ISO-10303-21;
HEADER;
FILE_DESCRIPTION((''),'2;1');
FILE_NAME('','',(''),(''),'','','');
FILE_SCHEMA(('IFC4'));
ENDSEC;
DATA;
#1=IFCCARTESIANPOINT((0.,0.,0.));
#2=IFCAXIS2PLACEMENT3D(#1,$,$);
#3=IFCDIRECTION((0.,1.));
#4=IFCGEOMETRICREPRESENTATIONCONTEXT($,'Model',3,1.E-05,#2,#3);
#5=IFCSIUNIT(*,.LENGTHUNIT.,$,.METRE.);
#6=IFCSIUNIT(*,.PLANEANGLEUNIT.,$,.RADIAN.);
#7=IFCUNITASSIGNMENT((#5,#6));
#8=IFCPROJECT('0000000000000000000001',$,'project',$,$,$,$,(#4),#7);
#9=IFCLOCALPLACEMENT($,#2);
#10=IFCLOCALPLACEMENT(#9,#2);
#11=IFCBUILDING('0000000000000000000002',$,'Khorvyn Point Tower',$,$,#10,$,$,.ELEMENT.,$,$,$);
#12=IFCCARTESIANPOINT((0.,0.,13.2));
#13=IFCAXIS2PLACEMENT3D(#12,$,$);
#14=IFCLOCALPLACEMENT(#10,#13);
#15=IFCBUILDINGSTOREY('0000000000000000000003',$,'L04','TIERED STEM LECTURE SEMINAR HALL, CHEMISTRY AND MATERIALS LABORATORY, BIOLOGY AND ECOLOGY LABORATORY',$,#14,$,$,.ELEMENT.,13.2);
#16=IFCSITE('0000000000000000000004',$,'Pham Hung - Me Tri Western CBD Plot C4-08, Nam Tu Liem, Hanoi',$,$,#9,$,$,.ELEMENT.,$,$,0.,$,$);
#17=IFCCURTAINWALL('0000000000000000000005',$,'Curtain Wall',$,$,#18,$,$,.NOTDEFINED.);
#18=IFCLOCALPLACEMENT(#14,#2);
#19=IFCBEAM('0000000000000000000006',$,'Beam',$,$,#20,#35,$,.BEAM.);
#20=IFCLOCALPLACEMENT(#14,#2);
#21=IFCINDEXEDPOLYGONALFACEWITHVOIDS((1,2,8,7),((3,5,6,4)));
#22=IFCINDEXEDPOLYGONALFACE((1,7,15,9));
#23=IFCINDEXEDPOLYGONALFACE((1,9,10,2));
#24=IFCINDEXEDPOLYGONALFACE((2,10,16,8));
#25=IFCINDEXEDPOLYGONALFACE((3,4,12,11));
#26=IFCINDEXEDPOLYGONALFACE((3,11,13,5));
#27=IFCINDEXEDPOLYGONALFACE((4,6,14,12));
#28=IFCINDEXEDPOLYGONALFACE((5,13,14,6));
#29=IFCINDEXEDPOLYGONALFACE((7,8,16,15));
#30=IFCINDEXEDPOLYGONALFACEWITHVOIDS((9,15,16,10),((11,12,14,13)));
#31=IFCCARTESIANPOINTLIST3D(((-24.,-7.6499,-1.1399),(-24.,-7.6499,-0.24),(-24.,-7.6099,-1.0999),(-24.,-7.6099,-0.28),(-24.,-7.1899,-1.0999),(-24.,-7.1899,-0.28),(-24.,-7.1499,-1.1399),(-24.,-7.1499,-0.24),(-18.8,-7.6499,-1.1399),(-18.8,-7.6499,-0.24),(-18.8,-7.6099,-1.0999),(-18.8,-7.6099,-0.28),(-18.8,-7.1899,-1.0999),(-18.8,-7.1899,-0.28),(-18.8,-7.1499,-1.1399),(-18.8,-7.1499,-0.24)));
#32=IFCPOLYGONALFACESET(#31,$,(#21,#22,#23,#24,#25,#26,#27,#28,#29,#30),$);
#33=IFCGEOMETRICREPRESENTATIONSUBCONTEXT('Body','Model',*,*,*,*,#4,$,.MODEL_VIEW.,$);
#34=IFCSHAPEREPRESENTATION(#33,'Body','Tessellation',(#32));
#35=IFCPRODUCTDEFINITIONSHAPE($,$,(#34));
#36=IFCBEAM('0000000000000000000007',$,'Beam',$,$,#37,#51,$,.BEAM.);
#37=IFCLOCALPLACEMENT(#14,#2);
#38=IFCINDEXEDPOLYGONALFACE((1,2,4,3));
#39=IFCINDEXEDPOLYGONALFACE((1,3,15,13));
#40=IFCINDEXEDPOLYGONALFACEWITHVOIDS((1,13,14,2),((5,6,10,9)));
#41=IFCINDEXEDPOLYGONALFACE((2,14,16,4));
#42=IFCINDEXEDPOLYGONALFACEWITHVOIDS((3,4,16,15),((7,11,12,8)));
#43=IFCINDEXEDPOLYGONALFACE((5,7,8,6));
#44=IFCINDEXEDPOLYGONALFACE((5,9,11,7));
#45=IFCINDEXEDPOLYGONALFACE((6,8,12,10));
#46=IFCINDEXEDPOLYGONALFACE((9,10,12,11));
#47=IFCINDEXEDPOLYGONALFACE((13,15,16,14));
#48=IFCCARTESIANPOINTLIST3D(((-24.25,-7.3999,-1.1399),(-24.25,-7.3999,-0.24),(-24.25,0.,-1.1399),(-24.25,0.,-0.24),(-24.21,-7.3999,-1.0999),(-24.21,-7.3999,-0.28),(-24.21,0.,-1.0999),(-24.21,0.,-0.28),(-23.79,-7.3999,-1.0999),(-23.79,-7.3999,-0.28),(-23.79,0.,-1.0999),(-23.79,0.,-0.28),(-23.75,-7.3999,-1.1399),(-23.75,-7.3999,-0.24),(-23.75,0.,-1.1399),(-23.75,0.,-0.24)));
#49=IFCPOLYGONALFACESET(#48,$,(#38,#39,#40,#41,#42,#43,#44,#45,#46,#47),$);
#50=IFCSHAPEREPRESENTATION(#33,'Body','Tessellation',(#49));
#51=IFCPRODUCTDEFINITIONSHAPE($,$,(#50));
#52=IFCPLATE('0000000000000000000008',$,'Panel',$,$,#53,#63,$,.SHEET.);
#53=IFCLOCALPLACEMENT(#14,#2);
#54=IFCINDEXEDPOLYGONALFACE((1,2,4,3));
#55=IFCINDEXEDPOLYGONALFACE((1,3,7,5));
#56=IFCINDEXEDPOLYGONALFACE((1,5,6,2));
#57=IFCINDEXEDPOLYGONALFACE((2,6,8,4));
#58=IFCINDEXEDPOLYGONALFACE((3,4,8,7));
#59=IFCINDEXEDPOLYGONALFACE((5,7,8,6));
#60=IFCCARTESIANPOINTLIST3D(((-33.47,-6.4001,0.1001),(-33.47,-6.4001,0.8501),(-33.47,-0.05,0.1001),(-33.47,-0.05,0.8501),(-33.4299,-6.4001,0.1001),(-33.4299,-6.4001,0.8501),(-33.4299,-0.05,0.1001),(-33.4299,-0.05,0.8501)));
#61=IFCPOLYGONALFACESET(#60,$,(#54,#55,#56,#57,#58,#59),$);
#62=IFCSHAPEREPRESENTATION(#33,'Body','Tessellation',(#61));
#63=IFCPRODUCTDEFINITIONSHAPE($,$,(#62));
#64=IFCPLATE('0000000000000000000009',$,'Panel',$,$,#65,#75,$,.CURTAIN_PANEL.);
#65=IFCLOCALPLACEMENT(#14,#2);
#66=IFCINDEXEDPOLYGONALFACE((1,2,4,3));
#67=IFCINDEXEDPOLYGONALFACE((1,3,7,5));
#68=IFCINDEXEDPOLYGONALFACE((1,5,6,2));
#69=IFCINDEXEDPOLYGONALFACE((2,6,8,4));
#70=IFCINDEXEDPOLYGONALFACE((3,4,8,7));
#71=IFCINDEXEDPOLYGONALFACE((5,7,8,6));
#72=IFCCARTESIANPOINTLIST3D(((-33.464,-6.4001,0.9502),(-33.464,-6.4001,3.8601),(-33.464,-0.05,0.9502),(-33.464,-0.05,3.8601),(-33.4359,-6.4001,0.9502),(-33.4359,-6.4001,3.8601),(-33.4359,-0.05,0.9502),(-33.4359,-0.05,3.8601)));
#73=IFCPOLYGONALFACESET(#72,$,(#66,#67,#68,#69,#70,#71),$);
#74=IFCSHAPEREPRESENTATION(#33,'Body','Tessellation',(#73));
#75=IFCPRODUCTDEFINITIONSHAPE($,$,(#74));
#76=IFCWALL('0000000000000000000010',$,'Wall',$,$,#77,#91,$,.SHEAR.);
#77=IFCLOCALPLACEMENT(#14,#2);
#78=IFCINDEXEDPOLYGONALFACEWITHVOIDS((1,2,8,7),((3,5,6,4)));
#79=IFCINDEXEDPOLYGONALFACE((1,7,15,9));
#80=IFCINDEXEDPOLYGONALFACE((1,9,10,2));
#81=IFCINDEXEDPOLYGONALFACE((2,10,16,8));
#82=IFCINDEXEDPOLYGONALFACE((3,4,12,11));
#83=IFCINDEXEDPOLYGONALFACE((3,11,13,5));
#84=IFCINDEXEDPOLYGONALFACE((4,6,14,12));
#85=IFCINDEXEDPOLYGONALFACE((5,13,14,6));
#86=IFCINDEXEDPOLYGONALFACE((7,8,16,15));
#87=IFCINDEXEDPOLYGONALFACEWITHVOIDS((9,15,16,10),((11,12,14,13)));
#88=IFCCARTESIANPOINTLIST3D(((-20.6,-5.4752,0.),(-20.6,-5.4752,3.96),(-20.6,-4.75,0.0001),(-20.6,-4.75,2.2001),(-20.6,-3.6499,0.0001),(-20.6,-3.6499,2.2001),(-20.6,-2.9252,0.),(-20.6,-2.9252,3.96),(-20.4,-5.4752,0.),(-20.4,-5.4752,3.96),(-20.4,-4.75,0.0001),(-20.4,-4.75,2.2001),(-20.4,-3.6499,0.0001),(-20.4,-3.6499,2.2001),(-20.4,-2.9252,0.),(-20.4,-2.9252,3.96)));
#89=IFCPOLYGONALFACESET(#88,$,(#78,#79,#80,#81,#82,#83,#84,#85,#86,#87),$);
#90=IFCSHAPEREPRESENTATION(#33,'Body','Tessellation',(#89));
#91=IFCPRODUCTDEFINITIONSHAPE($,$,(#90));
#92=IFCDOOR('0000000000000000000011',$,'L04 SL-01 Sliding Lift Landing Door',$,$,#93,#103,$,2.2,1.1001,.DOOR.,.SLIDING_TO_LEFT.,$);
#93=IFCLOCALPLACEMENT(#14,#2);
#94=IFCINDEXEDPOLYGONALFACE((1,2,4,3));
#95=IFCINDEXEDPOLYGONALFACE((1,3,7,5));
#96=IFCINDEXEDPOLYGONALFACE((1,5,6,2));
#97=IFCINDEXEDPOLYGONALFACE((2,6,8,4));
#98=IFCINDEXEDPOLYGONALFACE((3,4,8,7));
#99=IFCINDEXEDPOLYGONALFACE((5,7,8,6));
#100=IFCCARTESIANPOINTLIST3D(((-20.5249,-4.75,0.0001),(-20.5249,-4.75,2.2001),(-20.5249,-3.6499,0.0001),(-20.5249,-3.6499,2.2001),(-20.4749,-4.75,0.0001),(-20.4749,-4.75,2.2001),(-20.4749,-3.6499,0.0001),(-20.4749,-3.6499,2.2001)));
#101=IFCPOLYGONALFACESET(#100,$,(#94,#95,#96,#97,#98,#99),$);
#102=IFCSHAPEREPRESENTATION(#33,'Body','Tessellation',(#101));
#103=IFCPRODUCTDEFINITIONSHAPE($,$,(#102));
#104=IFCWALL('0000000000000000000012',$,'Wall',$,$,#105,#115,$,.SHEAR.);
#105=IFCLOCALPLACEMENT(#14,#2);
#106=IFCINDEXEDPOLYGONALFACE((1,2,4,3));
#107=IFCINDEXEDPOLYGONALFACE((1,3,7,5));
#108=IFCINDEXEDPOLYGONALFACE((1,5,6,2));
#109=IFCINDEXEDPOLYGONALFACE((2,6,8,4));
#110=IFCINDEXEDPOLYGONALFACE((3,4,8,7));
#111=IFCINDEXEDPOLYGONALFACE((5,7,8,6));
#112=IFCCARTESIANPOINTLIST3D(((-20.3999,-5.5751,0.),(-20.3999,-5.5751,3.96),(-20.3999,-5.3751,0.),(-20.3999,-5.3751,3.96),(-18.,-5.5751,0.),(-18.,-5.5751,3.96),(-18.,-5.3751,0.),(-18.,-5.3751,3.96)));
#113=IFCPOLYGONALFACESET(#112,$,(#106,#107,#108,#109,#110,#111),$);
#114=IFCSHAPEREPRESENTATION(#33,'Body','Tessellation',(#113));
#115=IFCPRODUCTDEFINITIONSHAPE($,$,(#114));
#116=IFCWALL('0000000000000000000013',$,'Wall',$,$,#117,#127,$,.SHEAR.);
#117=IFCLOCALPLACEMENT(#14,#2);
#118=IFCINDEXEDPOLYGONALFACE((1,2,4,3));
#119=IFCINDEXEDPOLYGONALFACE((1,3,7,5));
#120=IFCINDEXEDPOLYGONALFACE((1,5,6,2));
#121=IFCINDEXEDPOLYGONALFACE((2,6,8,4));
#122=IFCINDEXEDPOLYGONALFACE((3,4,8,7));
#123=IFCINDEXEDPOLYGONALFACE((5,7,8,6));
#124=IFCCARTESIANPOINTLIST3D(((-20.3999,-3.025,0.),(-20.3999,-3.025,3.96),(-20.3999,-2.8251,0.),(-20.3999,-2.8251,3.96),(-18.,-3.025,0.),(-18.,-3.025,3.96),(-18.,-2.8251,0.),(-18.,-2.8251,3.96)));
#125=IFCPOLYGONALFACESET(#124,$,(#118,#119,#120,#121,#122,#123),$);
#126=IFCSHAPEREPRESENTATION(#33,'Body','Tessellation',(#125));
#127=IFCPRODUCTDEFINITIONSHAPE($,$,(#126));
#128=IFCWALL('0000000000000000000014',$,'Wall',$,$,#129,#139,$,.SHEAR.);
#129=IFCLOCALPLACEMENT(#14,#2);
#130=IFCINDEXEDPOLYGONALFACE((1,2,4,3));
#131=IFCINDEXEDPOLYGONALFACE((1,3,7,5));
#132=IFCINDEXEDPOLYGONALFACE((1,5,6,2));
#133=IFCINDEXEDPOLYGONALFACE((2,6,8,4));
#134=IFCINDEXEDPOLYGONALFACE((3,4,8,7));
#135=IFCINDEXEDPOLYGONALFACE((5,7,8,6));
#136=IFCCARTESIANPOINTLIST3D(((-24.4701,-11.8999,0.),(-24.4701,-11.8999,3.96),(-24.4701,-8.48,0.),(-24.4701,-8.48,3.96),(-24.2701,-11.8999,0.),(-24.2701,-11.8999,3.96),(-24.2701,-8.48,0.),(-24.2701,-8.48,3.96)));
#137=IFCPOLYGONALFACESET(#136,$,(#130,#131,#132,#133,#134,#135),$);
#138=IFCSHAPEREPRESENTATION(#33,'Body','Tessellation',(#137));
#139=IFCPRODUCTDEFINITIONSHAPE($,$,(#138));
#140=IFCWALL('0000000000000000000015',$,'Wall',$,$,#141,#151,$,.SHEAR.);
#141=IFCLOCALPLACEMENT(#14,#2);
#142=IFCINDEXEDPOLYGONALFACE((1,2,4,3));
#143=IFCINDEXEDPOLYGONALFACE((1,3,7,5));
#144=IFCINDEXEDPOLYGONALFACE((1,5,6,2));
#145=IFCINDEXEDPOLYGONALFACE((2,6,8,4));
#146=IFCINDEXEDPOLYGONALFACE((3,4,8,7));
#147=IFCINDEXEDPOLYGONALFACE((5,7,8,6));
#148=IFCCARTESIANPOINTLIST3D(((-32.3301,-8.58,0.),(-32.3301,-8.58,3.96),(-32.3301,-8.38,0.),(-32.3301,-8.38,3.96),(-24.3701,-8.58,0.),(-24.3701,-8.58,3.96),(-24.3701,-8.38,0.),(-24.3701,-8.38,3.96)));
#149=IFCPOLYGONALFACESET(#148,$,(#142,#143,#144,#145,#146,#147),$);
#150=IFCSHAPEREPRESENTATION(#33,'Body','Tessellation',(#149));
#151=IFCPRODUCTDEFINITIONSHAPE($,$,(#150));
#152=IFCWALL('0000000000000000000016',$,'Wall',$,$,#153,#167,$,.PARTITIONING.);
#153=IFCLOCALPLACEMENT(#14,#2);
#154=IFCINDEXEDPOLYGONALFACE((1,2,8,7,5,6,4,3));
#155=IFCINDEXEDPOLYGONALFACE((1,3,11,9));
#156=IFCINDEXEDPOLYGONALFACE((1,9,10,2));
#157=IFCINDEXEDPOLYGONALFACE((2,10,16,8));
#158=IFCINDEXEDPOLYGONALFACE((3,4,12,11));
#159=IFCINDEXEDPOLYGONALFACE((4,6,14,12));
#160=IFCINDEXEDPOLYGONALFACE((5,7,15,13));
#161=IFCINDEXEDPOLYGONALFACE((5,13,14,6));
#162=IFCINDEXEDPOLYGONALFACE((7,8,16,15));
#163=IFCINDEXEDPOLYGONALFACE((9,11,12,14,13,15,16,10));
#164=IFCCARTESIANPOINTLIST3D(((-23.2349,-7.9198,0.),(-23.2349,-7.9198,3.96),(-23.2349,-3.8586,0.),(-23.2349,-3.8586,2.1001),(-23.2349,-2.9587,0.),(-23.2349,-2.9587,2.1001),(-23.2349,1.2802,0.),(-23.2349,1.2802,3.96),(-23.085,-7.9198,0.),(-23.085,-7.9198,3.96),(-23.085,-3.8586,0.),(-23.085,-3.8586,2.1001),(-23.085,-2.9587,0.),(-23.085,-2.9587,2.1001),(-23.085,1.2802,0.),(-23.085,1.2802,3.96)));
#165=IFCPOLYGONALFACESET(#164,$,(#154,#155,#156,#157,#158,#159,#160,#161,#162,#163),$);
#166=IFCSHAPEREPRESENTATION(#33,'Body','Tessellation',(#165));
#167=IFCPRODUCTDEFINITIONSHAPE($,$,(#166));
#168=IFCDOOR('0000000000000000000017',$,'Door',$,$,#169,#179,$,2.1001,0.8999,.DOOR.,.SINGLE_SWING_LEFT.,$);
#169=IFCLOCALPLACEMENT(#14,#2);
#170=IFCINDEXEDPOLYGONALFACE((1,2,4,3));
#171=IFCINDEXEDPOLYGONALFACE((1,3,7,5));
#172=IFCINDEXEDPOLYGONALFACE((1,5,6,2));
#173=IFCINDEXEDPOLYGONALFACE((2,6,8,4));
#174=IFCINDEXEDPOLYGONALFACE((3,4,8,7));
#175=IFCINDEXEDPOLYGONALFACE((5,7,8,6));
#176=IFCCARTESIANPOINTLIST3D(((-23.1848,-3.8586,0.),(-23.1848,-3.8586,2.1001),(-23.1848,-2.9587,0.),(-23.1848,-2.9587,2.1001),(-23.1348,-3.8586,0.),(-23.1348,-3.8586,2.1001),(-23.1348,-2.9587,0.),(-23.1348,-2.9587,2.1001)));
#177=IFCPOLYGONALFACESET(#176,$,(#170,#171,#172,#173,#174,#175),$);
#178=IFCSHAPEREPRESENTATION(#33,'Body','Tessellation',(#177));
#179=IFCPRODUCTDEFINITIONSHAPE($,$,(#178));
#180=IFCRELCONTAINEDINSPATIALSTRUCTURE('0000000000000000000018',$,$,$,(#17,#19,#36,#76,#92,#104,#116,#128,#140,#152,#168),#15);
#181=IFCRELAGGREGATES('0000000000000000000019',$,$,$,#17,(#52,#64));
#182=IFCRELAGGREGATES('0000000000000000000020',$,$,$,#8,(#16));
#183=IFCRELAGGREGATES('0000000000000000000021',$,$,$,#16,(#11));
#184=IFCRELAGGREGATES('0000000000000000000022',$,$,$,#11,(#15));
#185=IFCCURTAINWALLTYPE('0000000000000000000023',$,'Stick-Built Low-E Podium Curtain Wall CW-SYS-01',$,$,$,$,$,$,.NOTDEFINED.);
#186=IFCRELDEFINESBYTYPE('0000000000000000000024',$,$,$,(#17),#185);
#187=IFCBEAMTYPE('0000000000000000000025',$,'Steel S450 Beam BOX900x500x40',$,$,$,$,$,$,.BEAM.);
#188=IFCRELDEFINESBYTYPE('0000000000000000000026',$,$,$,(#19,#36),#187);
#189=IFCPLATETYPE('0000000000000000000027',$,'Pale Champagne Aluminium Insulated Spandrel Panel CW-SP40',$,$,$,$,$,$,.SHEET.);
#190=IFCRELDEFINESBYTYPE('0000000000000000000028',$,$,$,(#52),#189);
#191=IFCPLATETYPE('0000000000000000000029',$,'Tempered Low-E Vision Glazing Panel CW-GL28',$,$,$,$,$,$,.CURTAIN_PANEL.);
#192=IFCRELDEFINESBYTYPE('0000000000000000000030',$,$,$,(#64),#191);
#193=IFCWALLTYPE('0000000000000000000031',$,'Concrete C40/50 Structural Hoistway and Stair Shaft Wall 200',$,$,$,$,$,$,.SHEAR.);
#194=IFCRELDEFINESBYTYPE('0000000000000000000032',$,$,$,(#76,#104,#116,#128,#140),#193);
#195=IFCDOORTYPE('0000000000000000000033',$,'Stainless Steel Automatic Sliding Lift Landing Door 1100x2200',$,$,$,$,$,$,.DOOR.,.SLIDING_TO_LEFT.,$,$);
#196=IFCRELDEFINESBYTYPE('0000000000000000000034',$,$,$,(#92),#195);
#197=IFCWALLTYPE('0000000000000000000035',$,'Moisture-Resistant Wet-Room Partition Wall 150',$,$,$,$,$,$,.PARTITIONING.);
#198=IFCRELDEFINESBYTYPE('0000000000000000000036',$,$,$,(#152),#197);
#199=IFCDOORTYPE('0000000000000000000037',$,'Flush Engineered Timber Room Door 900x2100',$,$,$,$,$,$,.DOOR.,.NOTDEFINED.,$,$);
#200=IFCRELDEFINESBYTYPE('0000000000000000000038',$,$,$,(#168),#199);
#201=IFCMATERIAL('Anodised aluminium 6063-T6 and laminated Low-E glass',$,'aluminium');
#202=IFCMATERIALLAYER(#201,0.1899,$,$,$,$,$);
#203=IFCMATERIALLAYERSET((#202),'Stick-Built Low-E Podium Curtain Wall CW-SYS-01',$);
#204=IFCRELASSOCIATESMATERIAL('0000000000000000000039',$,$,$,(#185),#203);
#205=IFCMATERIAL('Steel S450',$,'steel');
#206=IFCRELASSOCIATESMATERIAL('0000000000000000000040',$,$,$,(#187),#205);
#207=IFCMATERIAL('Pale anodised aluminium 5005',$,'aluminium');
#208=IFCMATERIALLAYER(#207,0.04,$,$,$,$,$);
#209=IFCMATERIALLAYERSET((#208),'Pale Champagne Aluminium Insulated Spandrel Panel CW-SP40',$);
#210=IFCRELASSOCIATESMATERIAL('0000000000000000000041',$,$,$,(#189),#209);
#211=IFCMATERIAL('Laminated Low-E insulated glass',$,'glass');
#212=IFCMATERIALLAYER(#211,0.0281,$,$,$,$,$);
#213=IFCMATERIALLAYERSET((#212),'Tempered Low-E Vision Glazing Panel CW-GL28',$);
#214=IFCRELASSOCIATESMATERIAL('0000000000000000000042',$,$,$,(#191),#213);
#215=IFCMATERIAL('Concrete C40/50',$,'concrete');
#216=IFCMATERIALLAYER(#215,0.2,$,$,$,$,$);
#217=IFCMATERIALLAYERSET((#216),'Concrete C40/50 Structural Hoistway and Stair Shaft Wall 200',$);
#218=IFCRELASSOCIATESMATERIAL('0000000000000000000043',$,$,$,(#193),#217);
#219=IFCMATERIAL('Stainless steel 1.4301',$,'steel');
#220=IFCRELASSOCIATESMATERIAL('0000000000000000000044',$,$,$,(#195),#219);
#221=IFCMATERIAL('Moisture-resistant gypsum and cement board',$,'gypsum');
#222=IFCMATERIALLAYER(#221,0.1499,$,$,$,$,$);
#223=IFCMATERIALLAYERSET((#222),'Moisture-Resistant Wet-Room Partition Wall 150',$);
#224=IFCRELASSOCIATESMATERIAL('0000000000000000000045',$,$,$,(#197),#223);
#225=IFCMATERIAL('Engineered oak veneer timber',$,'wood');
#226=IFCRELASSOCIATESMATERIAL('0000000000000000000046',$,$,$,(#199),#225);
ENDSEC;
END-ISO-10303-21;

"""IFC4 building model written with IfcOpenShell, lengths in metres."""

from ifc_helpers import new_model, si_unit, direction, frame, frame_2d, origin, origin_2d, place, context, subcontext, project, spatial, rectangle, hollow_rectangle, extrude, material, layer, layer_set, material_profile, profile_set, type_object, element, fill, aggregate, save


model = new_model("IFC4")

# Units and contexts
model_context = context("Model", 3, precision=1e-05, world=origin(), true_north=direction((0.0, 1.0)))
body_context = subcontext(model_context, "Body", "Model", "MODEL_VIEW")
ifc_project = project(units=[si_unit("LENGTHUNIT", "METRE"), si_unit("PLANEANGLEUNIT", "RADIAN")], contexts=[model_context])

# Site, building, storey
site_placement = place(None, origin())
site = spatial("IfcSite", under=ifc_project, at=site_placement, Name="Pham Hung - Me Tri Western CBD Plot C4-08, Nam Tu Liem, Hanoi", CompositionType="ELEMENT", RefElevation=0.0)
building_placement = place(site_placement, origin())
building = spatial("IfcBuilding", under=site, at=building_placement, Name="Khorvyn Point Tower", CompositionType="ELEMENT")
storey_placement = place(building_placement, frame((0.0, 0.0, 13.2)))
storey = spatial("IfcBuildingStorey", under=building, at=storey_placement, Name="L04", Description="TIERED STEM LECTURE SEMINAR HALL, CHEMISTRY AND MATERIALS LABORATORY, BIOLOGY AND ECOLOGY LABORATORY", CompositionType="ELEMENT", Elevation=13.2)

# Shared definitions
ifc_material_1 = material(Name="Concrete C40/50", Category="concrete")

# Curtain wall
ifc_material_2 = material(Name="Anodised aluminium 6063-T6 and laminated Low-E glass", Category="aluminium")
ifc_layer_1 = layer(ifc_material_2, 0.1899)
ifc_layer_set_1 = layer_set([ifc_layer_1], Name="Stick-Built Low-E Podium Curtain Wall CW-SYS-01")
curtain_wall_type = type_object("IfcCurtainWallType", Name="Stick-Built Low-E Podium Curtain Wall CW-SYS-01", PredefinedType="NOTDEFINED", material=ifc_layer_set_1)
curtain_wall_placement = place(storey_placement, origin())
curtain_wall = element("IfcCurtainWall", 1, at=curtain_wall_placement, inside=storey, type_object=curtain_wall_type, Name="Curtain Wall", PredefinedType="NOTDEFINED")

# Beams
ifc_material_3 = material(Name="Steel S450", Category="steel")
ifc_material_profile_1 = material_profile(ifc_material_3, hollow_rectangle(XDim=0.5, YDim=0.8999, WallThickness=0.04, at=origin_2d()))
ifc_profile_set_1 = profile_set([ifc_material_profile_1], Name="Steel S450 BOX900x500x40")
beam_type_1 = type_object("IfcBeamType", Name="Steel S450 Beam BOX900x500x40", PredefinedType="BEAM", material=ifc_profile_set_1)
beam_1_placement = place(storey_placement, frame((-24.0, -7.3999, -0.6899), z_axis=(1.0, 0.0, 0.0), x_axis=(0.0, 1.0, 0.0)))
element("IfcBeam", 2, at=beam_1_placement, inside=storey, type_object=beam_type_1, Name="Beam", PredefinedType="BEAM", context=body_context, shape_type="SweptSolid", body=[
    extrude(hollow_rectangle(XDim=0.5, YDim=0.8999, WallThickness=0.04, at=origin_2d()), origin(), (0.0, 0.0, 1.0), 5.2),
])
beam_2_placement = place(storey_placement, frame((-24.0, -7.3999, -0.6899), z_axis=(0.0, 1.0, 0.0), x_axis=(-1.0, 0.0, 0.0)))
element("IfcBeam", 3, at=beam_2_placement, inside=storey, type_object=beam_type_1, Name="Beam", PredefinedType="BEAM", context=body_context, shape_type="SweptSolid", body=[
    extrude(hollow_rectangle(XDim=0.5, YDim=0.8999, WallThickness=0.04, at=origin_2d()), origin(), (0.0, 0.0, 1.0), 7.3999),
])

# Plates
ifc_material_4 = material(Name="Pale anodised aluminium 5005", Category="aluminium")
ifc_layer_2 = layer(ifc_material_4, 0.04)
ifc_layer_set_2 = layer_set([ifc_layer_2], Name="Pale Champagne Aluminium Insulated Spandrel Panel CW-SP40")
plate_type_1 = type_object("IfcPlateType", Name="Pale Champagne Aluminium Insulated Spandrel Panel CW-SP40", PredefinedType="SHEET", material=ifc_layer_set_2)
plate_1_placement = place(storey_placement, frame((-33.45, -3.2251, 0.1001), z_axis=(0.0, 0.0, 1.0), x_axis=(0.0, 1.0, 0.0)))
plate_1 = element("IfcPlate", 4, at=plate_1_placement, type_object=plate_type_1, Name="Panel", PredefinedType="SHEET", context=body_context, shape_type="SweptSolid", body=[
    extrude(rectangle(XDim=6.3501, YDim=0.04, at=origin_2d()), origin(), (0.0, 0.0, 1.0), 0.75),
])
ifc_material_5 = material(Name="Laminated Low-E insulated glass", Category="glass")
ifc_layer_3 = layer(ifc_material_5, 0.0281)
ifc_layer_set_3 = layer_set([ifc_layer_3], Name="Tempered Low-E Vision Glazing Panel CW-GL28")
plate_type_2 = type_object("IfcPlateType", Name="Tempered Low-E Vision Glazing Panel CW-GL28", PredefinedType="CURTAIN_PANEL", material=ifc_layer_set_3)
plate_2_placement = place(storey_placement, frame((-33.45, -3.2251, 0.9502), z_axis=(0.0, 0.0, 1.0), x_axis=(0.0, 1.0, 0.0)))
plate_2 = element("IfcPlate", 5, at=plate_2_placement, type_object=plate_type_2, Name="Panel", PredefinedType="CURTAIN_PANEL", context=body_context, shape_type="SweptSolid", body=[
    extrude(rectangle(XDim=6.3501, YDim=0.0281, at=origin_2d()), origin(), (0.0, 0.0, 1.0), 2.9099),
])
aggregate(curtain_wall, [plate_1, plate_2])

# Wall, opening, door
ifc_layer_4 = layer(ifc_material_1, 0.2)
ifc_layer_set_4 = layer_set([ifc_layer_4], Name="Concrete C40/50 Structural Hoistway and Stair Shaft Wall 200")
wall_type_1 = type_object("IfcWallType", Name="Concrete C40/50 Structural Hoistway and Stair Shaft Wall 200", PredefinedType="SHEAR", material=ifc_layer_set_4)
wall_1_placement = place(storey_placement, frame((-20.5, -5.4751, 0.0), z_axis=(0.0, 0.0, 1.0), x_axis=(0.0, 1.0, 0.0)))
wall_1 = element("IfcWall", 6, at=wall_1_placement, inside=storey, type_object=wall_type_1, Name="Wall", PredefinedType="SHEAR", context=body_context, shape_type="SweptSolid", body=[
    extrude(rectangle(XDim=2.55, YDim=0.2, at=frame_2d((1.2749, 0.0))), origin(), (0.0, 0.0, 1.0), 3.96),
])
opening_1_placement = place(wall_1_placement, frame((0.7251, 0.0, 0.0)))
opening_1 = element("IfcOpeningElement", 7, at=opening_1_placement, cuts=wall_1, PredefinedType="OPENING", context=body_context, shape_type="SweptSolid", body=[
    extrude(rectangle(XDim=1.1001, YDim=2.2, at=frame_2d((0.55, 1.1001))), frame((0.0, 0.1099, 0.0), z_axis=(0.0, -1.0, 0.0), x_axis=(1.0, 0.0, 0.0)), (0.0, 0.0, 1.0), 0.22),
])
ifc_material_6 = material(Name="Stainless steel 1.4301", Category="steel")
door_type_1 = type_object("IfcDoorType", Name="Stainless Steel Automatic Sliding Lift Landing Door 1100x2200", OperationType="SLIDING_TO_LEFT", PredefinedType="DOOR", material=ifc_material_6)
door_1_placement = place(opening_1_placement, origin())
door_1 = element("IfcDoor", 8, at=door_1_placement, inside=storey, type_object=door_type_1, Name="L04 SL-01 Sliding Lift Landing Door", OperationType="SLIDING_TO_LEFT", OverallHeight=2.2, OverallWidth=1.1001, PredefinedType="DOOR", context=body_context, shape_type="SweptSolid", body=[
    extrude(rectangle(XDim=1.1001, YDim=2.2, at=frame_2d((0.55, 1.1001))), frame((0.0, 0.0249, 0.0), z_axis=(0.0, -1.0, 0.0), x_axis=(1.0, 0.0, 0.0)), (0.0, 0.0, 1.0), 0.05),
])
fill(opening_1, door_1)

# Walls
for number, where, z_axis, x_axis, name in (
    (9, (-20.3999, -5.4751, 0.0), (0.0, 0.0, 1.0), (1.0, 0.0, 0.0), "Wall"),
    (10, (-20.3999, -2.925, 0.0), (0.0, 0.0, 1.0), (1.0, 0.0, 0.0), "Wall"),
):
    element("IfcWall", number, at=place(storey_placement, frame(where, z_axis=z_axis, x_axis=x_axis)), inside=storey, type_object=wall_type_1, Name=name, PredefinedType="SHEAR", context=body_context, shape_type="SweptSolid", body=[
        extrude(rectangle(XDim=2.3999, YDim=0.2, at=frame_2d((1.2, 0.0))), origin(), (0.0, 0.0, 1.0), 3.96),
    ])
wall_2_placement = place(storey_placement, frame((-24.3701, -8.48, 0.0), z_axis=(0.0, 0.0, 1.0), x_axis=(0.0, -1.0, 0.0)))
element("IfcWall", 11, at=wall_2_placement, inside=storey, type_object=wall_type_1, Name="Wall", PredefinedType="SHEAR", context=body_context, shape_type="SweptSolid", body=[
    extrude(rectangle(XDim=3.4199, YDim=0.2, at=frame_2d((1.71, 0.0))), origin(), (0.0, 0.0, 1.0), 3.96),
])
wall_3_placement = place(storey_placement, frame((-32.3301, -8.48, 0.0), z_axis=(0.0, 0.0, 1.0), x_axis=(1.0, 0.0, 0.0)))
element("IfcWall", 12, at=wall_3_placement, inside=storey, type_object=wall_type_1, Name="Wall", PredefinedType="SHEAR", context=body_context, shape_type="SweptSolid", body=[
    extrude(rectangle(XDim=7.96, YDim=0.2, at=frame_2d((3.98, 0.0))), origin(), (0.0, 0.0, 1.0), 3.96),
])

# Wall, opening, door
ifc_material_7 = material(Name="Moisture-resistant gypsum and cement board", Category="gypsum")
ifc_layer_5 = layer(ifc_material_7, 0.1499)
ifc_layer_set_5 = layer_set([ifc_layer_5], Name="Moisture-Resistant Wet-Room Partition Wall 150")
wall_type_2 = type_object("IfcWallType", Name="Moisture-Resistant Wet-Room Partition Wall 150", PredefinedType="PARTITIONING", material=ifc_layer_set_5)
wall_4_placement = place(storey_placement, frame((-23.1599, -7.9199, 0.0), z_axis=(0.0, 0.0, 1.0), x_axis=(0.0, 1.0, 0.0)))
wall_4 = element("IfcWall", 13, at=wall_4_placement, inside=storey, type_object=wall_type_2, Name="Wall", PredefinedType="PARTITIONING", context=body_context, shape_type="SweptSolid", body=[
    extrude(rectangle(XDim=9.2, YDim=0.1499, at=frame_2d((4.6001, 0.0))), origin(), (0.0, 0.0, 1.0), 3.96),
])
opening_2_placement = place(wall_4_placement, frame((4.0613, 0.0, 0.0)))
opening_2 = element("IfcOpeningElement", 14, at=opening_2_placement, cuts=wall_4, PredefinedType="OPENING", context=body_context, shape_type="SweptSolid", body=[
    extrude(rectangle(XDim=0.8999, YDim=2.1001, at=frame_2d((0.45, 1.05))), frame((0.0, 0.085, 0.0), z_axis=(0.0, -1.0, 0.0), x_axis=(1.0, 0.0, 0.0)), (0.0, 0.0, 1.0), 0.1699),
])
ifc_material_8 = material(Name="Engineered oak veneer timber", Category="wood")
door_type_2 = type_object("IfcDoorType", Name="Flush Engineered Timber Room Door 900x2100", OperationType="NOTDEFINED", PredefinedType="DOOR", material=ifc_material_8)
door_2_placement = place(opening_2_placement, origin())
door_2 = element("IfcDoor", 15, at=door_2_placement, inside=storey, type_object=door_type_2, Name="Door", OperationType="SINGLE_SWING_LEFT", OverallHeight=2.1001, OverallWidth=0.8999, PredefinedType="DOOR", context=body_context, shape_type="SweptSolid", body=[
    extrude(rectangle(XDim=0.8999, YDim=2.1001, at=frame_2d((0.45, 1.05))), frame((0.0, 0.0249, 0.0), z_axis=(0.0, -1.0, 0.0), x_axis=(1.0, 0.0, 0.0)), (0.0, 0.0, 1.0), 0.05),
])
fill(opening_2, door_2)

save(model, "model.ifc")
